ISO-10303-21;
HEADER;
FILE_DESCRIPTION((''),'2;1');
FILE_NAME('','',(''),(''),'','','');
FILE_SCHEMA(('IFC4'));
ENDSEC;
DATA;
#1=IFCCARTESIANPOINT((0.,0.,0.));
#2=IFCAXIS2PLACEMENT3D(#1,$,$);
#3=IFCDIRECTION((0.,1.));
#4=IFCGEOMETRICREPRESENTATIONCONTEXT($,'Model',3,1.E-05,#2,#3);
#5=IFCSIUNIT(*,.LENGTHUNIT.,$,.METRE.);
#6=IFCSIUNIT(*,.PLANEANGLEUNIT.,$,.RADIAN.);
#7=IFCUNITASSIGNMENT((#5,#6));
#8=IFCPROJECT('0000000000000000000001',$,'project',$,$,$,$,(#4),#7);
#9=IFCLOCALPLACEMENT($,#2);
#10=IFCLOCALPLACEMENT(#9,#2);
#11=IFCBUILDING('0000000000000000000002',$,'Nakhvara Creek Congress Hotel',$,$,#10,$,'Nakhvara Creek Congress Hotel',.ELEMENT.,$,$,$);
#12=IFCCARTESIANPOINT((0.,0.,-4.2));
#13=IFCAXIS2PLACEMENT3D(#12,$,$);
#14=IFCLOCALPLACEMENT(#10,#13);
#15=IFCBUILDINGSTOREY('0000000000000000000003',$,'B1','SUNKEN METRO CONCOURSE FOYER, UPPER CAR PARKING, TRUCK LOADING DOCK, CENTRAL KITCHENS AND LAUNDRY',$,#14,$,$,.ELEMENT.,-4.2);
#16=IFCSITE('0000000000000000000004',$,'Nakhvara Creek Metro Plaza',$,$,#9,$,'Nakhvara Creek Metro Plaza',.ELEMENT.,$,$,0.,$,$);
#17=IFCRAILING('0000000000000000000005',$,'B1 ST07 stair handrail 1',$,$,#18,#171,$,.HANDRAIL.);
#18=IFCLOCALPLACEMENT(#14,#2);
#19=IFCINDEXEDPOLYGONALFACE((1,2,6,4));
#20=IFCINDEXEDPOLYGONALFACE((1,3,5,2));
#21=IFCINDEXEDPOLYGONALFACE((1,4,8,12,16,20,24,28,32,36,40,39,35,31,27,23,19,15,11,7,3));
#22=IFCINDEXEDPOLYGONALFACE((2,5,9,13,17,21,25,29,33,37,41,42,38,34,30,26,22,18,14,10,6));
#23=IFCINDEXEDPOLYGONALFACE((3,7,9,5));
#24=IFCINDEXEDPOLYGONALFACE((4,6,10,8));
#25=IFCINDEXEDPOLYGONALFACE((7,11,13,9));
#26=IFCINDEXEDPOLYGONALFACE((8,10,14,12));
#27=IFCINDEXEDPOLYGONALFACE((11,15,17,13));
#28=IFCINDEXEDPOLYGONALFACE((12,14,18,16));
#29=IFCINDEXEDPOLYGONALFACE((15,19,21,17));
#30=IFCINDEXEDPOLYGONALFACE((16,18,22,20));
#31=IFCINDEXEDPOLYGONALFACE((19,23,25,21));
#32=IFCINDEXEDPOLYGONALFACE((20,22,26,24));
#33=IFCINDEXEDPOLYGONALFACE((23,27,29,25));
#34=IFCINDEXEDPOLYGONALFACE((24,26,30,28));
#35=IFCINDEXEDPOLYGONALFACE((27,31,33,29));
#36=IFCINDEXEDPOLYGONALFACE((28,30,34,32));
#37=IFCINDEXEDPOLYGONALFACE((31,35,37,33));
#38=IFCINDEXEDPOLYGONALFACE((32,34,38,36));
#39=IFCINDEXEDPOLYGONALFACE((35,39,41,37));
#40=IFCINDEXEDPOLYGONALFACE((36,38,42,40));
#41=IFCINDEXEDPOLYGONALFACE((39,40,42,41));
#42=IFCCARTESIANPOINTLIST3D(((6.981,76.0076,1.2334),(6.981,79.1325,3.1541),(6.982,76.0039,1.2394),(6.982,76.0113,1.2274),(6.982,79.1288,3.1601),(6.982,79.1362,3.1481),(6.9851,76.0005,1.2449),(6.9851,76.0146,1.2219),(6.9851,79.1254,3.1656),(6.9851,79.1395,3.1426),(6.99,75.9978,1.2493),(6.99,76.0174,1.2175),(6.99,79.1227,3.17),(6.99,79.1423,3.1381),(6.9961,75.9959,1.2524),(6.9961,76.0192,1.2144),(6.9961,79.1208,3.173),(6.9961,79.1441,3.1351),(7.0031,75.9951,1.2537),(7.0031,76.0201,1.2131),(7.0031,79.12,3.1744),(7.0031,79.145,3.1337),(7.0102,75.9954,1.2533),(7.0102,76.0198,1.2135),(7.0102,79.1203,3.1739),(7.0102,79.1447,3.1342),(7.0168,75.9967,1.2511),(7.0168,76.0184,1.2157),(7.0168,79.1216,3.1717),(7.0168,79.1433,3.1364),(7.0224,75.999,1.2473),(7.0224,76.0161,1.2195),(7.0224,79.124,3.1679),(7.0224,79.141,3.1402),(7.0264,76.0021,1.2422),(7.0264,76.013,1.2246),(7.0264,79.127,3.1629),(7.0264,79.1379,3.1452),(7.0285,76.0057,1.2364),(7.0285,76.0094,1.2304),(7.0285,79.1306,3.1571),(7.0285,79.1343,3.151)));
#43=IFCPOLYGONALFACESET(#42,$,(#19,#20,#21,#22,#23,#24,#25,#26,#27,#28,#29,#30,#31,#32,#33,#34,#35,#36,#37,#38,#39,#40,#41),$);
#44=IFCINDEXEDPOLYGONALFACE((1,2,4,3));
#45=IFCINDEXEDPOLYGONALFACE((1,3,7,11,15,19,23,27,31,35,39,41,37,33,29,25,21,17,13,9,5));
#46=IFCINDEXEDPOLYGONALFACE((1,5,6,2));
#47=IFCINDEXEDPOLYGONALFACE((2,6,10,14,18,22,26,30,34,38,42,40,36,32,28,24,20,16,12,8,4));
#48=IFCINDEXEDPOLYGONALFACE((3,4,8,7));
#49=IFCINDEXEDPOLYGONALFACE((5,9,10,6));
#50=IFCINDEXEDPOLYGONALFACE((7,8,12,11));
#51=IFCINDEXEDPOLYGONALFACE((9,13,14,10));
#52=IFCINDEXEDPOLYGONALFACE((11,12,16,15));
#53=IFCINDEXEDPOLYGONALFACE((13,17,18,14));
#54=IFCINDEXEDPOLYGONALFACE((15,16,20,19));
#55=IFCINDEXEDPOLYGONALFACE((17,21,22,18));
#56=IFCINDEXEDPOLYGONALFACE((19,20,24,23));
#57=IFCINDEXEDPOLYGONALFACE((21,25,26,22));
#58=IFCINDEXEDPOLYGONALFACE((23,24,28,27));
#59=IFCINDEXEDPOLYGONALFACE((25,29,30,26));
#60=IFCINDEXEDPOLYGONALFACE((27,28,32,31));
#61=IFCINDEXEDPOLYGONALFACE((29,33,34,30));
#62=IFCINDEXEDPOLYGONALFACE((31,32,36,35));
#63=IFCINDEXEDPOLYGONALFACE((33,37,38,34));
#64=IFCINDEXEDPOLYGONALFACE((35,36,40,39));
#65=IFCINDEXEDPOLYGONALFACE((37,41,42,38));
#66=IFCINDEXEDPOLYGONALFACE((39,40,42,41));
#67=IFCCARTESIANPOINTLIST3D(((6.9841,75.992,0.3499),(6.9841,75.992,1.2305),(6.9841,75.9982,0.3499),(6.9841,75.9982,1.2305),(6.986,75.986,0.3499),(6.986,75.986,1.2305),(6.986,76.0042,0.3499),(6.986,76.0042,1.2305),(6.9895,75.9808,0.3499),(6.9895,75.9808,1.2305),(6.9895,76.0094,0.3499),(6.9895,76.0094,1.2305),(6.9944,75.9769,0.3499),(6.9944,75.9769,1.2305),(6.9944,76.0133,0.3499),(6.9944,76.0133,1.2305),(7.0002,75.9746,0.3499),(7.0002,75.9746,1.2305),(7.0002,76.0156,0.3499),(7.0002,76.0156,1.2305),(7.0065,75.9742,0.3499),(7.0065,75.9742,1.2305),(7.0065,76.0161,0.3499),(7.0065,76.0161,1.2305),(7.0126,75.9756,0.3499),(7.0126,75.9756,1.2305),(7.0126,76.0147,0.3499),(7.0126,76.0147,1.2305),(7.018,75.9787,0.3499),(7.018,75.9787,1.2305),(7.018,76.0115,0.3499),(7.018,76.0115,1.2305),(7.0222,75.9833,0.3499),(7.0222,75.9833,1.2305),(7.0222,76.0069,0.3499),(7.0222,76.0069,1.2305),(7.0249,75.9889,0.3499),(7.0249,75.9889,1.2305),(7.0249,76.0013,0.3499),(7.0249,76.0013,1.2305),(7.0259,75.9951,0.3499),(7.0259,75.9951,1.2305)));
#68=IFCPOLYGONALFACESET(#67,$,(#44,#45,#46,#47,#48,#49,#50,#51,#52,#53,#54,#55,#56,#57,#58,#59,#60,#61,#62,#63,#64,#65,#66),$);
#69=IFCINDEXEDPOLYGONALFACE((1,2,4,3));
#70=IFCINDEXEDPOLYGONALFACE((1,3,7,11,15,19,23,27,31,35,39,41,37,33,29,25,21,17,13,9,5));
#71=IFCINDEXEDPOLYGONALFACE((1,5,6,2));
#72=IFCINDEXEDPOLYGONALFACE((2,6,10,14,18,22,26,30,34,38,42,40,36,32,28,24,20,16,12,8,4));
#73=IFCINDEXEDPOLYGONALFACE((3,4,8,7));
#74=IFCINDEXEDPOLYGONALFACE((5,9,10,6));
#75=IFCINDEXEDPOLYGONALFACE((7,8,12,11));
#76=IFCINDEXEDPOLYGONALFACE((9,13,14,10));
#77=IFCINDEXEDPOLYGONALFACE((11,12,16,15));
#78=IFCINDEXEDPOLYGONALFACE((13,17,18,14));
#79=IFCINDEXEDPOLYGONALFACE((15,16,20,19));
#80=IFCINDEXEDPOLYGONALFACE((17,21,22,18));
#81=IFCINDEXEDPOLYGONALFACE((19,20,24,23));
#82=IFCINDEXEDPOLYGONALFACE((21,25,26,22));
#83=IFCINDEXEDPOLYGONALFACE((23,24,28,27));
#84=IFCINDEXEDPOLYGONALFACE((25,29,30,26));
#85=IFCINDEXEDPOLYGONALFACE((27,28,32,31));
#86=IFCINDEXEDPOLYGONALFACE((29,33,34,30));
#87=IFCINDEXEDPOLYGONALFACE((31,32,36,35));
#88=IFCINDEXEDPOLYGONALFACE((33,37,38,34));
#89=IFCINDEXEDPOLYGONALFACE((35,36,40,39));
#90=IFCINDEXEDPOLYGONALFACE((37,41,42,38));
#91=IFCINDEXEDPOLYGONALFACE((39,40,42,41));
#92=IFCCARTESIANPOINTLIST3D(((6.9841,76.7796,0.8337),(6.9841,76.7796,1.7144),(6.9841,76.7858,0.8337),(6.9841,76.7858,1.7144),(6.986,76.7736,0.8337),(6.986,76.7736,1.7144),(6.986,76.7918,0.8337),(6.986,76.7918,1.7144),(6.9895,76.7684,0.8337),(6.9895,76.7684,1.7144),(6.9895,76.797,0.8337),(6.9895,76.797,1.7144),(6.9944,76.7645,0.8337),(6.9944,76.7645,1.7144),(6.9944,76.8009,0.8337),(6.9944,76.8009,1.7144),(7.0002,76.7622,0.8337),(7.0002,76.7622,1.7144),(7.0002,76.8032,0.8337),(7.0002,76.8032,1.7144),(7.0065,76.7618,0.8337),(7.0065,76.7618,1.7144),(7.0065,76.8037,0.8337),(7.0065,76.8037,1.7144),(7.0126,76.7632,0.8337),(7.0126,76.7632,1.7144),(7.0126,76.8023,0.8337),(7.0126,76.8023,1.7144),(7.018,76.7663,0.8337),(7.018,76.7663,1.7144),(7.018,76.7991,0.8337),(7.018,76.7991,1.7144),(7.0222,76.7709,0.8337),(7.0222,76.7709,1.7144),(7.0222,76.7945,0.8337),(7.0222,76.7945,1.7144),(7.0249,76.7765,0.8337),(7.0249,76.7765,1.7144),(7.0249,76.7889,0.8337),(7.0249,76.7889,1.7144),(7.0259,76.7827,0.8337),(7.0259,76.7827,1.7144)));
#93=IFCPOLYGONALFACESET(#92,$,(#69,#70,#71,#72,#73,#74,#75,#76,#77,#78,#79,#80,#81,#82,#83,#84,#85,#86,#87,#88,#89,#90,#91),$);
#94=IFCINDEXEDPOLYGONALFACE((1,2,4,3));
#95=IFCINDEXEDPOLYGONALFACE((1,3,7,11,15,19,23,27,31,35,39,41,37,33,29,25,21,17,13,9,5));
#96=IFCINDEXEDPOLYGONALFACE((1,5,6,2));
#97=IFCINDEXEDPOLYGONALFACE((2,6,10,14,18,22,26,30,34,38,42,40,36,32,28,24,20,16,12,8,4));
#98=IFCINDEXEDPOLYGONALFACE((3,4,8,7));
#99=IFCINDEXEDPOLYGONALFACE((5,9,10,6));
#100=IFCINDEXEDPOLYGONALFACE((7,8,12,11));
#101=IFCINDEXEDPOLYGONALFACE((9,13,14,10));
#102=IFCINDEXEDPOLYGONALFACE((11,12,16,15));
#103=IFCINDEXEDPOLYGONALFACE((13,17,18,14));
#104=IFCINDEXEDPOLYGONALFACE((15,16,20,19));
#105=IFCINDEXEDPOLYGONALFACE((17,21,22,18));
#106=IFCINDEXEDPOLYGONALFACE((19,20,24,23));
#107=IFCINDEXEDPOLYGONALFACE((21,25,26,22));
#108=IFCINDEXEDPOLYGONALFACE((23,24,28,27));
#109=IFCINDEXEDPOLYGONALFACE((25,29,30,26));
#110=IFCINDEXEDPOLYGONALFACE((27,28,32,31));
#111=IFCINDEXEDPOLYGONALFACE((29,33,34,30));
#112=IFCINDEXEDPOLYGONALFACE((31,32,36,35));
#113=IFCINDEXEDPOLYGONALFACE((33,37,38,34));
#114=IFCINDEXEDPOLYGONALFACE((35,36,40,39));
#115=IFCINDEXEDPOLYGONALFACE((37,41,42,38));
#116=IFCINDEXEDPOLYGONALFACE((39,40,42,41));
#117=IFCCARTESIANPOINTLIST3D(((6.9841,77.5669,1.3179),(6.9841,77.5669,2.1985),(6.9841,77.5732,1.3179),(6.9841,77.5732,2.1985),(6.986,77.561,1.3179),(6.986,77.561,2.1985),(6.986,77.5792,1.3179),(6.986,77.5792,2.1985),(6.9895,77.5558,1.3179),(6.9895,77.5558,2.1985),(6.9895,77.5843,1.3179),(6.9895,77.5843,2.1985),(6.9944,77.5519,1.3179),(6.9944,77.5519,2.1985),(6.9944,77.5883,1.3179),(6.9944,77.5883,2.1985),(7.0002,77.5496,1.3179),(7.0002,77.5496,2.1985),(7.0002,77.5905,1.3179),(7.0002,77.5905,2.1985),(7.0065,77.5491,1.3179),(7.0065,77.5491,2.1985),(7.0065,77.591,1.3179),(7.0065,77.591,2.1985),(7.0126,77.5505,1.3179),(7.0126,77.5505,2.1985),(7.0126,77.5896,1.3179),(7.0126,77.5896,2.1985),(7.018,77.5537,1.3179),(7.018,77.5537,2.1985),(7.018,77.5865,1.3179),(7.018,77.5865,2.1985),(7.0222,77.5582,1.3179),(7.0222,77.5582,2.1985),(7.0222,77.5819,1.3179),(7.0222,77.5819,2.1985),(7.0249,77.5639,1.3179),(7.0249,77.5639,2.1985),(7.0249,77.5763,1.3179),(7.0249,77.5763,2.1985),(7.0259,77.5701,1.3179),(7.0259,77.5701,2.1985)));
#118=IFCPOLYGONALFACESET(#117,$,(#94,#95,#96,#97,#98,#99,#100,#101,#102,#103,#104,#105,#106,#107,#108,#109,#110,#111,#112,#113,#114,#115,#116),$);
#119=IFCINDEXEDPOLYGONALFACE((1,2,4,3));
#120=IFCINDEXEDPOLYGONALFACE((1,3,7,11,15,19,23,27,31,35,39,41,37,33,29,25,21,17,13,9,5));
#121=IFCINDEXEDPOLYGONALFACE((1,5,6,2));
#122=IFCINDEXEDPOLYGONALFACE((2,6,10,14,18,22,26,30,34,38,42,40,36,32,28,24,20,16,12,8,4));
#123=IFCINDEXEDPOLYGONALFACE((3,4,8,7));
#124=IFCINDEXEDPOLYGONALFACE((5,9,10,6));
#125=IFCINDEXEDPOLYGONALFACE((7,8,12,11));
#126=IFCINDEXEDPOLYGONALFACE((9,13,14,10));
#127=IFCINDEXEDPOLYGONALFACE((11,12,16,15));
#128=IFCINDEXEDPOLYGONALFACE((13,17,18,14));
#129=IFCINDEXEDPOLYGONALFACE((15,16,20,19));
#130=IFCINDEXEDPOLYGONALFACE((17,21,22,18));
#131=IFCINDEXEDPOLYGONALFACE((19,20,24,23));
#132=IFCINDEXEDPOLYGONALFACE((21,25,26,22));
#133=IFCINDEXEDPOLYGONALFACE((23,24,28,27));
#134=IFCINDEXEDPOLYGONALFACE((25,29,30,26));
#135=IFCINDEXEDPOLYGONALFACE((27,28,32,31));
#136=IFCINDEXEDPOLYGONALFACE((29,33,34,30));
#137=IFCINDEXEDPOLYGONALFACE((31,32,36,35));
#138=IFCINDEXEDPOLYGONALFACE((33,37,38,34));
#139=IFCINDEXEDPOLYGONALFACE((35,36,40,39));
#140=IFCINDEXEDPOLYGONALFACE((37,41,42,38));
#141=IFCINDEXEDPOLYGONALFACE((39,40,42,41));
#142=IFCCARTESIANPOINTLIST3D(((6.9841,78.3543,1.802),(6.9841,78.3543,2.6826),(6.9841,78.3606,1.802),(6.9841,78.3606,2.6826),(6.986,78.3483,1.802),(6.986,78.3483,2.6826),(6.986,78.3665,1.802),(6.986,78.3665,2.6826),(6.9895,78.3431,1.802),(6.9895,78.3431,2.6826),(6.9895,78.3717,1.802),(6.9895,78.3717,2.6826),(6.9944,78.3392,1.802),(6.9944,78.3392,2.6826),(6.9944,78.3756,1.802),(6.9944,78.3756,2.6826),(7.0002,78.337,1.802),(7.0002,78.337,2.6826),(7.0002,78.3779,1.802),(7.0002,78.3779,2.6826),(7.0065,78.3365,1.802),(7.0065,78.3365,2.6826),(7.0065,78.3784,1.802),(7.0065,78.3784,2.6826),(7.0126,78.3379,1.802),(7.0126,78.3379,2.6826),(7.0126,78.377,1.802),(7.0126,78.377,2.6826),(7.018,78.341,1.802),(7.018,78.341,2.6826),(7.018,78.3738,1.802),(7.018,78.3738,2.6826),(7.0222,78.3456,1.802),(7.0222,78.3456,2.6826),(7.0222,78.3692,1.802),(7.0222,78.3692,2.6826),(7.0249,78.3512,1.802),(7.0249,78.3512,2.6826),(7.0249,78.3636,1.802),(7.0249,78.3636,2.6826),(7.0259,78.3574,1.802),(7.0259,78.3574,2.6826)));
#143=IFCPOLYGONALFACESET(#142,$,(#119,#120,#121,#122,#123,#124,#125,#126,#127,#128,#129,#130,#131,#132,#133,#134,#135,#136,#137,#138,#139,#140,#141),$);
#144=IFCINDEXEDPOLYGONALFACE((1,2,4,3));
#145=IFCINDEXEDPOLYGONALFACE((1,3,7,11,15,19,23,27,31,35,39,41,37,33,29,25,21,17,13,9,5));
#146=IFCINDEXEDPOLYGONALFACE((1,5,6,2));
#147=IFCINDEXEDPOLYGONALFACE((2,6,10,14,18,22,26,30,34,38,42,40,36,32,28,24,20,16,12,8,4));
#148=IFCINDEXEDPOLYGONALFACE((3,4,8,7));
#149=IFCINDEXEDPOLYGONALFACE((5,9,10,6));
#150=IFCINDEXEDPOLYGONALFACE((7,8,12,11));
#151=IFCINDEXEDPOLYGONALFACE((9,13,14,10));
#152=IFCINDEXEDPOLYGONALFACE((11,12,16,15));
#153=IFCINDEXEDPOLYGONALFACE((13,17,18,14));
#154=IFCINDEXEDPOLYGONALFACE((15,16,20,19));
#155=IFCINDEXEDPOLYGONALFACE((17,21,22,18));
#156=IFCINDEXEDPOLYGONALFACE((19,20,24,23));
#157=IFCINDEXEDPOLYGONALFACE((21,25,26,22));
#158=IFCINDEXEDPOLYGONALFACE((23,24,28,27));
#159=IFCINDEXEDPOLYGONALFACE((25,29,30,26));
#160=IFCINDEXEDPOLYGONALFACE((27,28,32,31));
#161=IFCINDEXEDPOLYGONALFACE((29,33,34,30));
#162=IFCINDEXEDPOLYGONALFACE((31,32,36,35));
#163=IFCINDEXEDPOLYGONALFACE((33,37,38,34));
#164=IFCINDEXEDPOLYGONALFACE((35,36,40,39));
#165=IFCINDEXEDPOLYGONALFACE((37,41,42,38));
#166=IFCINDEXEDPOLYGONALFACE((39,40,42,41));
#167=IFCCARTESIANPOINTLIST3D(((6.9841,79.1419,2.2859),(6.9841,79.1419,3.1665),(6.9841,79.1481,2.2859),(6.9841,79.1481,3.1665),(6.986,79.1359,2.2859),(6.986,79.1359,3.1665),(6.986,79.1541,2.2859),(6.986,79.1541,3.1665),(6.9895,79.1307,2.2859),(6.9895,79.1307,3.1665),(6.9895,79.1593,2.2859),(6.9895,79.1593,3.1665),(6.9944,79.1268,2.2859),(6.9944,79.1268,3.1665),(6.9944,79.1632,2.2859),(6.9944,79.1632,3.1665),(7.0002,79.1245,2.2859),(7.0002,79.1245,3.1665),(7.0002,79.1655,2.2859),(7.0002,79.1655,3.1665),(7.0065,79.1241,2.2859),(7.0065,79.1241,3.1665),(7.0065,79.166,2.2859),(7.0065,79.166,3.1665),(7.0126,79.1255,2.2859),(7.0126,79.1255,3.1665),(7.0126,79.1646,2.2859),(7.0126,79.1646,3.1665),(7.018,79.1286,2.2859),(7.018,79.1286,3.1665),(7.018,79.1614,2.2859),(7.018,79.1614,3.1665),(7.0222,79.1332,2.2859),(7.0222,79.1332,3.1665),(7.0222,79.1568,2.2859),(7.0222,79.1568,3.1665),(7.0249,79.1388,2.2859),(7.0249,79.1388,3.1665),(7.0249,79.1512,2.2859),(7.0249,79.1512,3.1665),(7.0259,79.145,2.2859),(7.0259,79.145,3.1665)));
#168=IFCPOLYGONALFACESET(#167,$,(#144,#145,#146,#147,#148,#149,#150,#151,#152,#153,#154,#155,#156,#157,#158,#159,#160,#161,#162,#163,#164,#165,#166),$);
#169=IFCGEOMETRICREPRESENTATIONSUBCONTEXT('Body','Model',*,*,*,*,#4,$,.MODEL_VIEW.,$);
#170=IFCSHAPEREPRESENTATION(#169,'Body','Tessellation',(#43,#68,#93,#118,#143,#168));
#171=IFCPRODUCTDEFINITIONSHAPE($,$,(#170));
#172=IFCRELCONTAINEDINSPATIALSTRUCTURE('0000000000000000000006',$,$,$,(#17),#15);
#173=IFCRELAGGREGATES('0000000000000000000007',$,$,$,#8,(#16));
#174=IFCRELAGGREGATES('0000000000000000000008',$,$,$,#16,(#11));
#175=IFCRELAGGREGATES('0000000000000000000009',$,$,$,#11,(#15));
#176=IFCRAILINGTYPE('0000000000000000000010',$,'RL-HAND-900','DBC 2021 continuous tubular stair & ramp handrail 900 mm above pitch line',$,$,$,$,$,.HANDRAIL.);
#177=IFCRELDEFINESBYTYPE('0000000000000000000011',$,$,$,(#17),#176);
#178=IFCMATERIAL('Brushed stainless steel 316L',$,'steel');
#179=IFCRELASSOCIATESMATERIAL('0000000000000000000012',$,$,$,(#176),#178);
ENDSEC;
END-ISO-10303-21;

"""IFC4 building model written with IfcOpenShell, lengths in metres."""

from ifc_helpers import new_model, si_unit, direction, frame, origin, origin_2d, place, context, subcontext, project, spatial, circle, extrude, material, type_object, element, save


model = new_model("IFC4")

# Units and contexts
model_context = context("Model", 3, precision=1e-05, world=origin(), true_north=direction((0.0, 1.0)))
body_context = subcontext(model_context, "Body", "Model", "MODEL_VIEW")
ifc_project = project(units=[si_unit("LENGTHUNIT", "METRE"), si_unit("PLANEANGLEUNIT", "RADIAN")], contexts=[model_context])

# Site, building, storey
site_placement = place(None, origin())
site = spatial("IfcSite", under=ifc_project, at=site_placement, Name="Nakhvara Creek Metro Plaza", LongName="Nakhvara Creek Metro Plaza", CompositionType="ELEMENT", RefElevation=0.0)
building_placement = place(site_placement, origin())
building = spatial("IfcBuilding", under=site, at=building_placement, Name="Nakhvara Creek Congress Hotel", LongName="Nakhvara Creek Congress Hotel", CompositionType="ELEMENT")
storey_placement = place(building_placement, frame((0.0, 0.0, -4.2)))
storey = spatial("IfcBuildingStorey", under=building, at=storey_placement, Name="B1", Description="SUNKEN METRO CONCOURSE FOYER, UPPER CAR PARKING, TRUCK LOADING DOCK, CENTRAL KITCHENS AND LAUNDRY", CompositionType="ELEMENT", Elevation=-4.2)

# Railing
ifc_material_1 = material(Name="Brushed stainless steel 316L", Category="steel")
railing_type_1 = type_object("IfcRailingType", Name="RL-HAND-900", Description="DBC 2021 continuous tubular stair & ramp handrail 900 mm above pitch line", PredefinedType="HANDRAIL", material=ifc_material_1)
railing_1_placement = place(storey_placement, frame((7.0049, 75.9951, 0.3499)))
element("IfcRailing", 1, at=railing_1_placement, inside=storey, type_object=railing_type_1, Name="B1 ST07 stair handrail 1", PredefinedType="HANDRAIL", context=body_context, shape_type="SweptSolid", body=[
    extrude(circle(Radius=0.0239, at=origin_2d()), frame((0.0, 0.0125, 0.8835), z_axis=(0.0, 0.851944, 0.523633), x_axis=(-1.0, 0.0, 0.0)), (0.0, 0.0, 1.0), 3.668),
    extrude(circle(Radius=0.021, at=origin_2d()), origin(), (0.0, 0.0, 1.0), 0.8806),
    extrude(circle(Radius=0.021, at=origin_2d()), frame((0.0, 0.7876, 0.4839)), (0.0, 0.0, 1.0), 0.8806),
    extrude(circle(Radius=0.021, at=origin_2d()), frame((0.0, 1.575, 0.968)), (0.0, 0.0, 1.0), 0.8806),
    extrude(circle(Radius=0.021, at=origin_2d()), frame((0.0, 2.3623, 1.4521)), (0.0, 0.0, 1.0), 0.8806),
    extrude(circle(Radius=0.021, at=origin_2d()), frame((0.0, 3.1499, 1.936)), (0.0, 0.0, 1.0), 0.8806),
])

save(model, "model.ifc")
